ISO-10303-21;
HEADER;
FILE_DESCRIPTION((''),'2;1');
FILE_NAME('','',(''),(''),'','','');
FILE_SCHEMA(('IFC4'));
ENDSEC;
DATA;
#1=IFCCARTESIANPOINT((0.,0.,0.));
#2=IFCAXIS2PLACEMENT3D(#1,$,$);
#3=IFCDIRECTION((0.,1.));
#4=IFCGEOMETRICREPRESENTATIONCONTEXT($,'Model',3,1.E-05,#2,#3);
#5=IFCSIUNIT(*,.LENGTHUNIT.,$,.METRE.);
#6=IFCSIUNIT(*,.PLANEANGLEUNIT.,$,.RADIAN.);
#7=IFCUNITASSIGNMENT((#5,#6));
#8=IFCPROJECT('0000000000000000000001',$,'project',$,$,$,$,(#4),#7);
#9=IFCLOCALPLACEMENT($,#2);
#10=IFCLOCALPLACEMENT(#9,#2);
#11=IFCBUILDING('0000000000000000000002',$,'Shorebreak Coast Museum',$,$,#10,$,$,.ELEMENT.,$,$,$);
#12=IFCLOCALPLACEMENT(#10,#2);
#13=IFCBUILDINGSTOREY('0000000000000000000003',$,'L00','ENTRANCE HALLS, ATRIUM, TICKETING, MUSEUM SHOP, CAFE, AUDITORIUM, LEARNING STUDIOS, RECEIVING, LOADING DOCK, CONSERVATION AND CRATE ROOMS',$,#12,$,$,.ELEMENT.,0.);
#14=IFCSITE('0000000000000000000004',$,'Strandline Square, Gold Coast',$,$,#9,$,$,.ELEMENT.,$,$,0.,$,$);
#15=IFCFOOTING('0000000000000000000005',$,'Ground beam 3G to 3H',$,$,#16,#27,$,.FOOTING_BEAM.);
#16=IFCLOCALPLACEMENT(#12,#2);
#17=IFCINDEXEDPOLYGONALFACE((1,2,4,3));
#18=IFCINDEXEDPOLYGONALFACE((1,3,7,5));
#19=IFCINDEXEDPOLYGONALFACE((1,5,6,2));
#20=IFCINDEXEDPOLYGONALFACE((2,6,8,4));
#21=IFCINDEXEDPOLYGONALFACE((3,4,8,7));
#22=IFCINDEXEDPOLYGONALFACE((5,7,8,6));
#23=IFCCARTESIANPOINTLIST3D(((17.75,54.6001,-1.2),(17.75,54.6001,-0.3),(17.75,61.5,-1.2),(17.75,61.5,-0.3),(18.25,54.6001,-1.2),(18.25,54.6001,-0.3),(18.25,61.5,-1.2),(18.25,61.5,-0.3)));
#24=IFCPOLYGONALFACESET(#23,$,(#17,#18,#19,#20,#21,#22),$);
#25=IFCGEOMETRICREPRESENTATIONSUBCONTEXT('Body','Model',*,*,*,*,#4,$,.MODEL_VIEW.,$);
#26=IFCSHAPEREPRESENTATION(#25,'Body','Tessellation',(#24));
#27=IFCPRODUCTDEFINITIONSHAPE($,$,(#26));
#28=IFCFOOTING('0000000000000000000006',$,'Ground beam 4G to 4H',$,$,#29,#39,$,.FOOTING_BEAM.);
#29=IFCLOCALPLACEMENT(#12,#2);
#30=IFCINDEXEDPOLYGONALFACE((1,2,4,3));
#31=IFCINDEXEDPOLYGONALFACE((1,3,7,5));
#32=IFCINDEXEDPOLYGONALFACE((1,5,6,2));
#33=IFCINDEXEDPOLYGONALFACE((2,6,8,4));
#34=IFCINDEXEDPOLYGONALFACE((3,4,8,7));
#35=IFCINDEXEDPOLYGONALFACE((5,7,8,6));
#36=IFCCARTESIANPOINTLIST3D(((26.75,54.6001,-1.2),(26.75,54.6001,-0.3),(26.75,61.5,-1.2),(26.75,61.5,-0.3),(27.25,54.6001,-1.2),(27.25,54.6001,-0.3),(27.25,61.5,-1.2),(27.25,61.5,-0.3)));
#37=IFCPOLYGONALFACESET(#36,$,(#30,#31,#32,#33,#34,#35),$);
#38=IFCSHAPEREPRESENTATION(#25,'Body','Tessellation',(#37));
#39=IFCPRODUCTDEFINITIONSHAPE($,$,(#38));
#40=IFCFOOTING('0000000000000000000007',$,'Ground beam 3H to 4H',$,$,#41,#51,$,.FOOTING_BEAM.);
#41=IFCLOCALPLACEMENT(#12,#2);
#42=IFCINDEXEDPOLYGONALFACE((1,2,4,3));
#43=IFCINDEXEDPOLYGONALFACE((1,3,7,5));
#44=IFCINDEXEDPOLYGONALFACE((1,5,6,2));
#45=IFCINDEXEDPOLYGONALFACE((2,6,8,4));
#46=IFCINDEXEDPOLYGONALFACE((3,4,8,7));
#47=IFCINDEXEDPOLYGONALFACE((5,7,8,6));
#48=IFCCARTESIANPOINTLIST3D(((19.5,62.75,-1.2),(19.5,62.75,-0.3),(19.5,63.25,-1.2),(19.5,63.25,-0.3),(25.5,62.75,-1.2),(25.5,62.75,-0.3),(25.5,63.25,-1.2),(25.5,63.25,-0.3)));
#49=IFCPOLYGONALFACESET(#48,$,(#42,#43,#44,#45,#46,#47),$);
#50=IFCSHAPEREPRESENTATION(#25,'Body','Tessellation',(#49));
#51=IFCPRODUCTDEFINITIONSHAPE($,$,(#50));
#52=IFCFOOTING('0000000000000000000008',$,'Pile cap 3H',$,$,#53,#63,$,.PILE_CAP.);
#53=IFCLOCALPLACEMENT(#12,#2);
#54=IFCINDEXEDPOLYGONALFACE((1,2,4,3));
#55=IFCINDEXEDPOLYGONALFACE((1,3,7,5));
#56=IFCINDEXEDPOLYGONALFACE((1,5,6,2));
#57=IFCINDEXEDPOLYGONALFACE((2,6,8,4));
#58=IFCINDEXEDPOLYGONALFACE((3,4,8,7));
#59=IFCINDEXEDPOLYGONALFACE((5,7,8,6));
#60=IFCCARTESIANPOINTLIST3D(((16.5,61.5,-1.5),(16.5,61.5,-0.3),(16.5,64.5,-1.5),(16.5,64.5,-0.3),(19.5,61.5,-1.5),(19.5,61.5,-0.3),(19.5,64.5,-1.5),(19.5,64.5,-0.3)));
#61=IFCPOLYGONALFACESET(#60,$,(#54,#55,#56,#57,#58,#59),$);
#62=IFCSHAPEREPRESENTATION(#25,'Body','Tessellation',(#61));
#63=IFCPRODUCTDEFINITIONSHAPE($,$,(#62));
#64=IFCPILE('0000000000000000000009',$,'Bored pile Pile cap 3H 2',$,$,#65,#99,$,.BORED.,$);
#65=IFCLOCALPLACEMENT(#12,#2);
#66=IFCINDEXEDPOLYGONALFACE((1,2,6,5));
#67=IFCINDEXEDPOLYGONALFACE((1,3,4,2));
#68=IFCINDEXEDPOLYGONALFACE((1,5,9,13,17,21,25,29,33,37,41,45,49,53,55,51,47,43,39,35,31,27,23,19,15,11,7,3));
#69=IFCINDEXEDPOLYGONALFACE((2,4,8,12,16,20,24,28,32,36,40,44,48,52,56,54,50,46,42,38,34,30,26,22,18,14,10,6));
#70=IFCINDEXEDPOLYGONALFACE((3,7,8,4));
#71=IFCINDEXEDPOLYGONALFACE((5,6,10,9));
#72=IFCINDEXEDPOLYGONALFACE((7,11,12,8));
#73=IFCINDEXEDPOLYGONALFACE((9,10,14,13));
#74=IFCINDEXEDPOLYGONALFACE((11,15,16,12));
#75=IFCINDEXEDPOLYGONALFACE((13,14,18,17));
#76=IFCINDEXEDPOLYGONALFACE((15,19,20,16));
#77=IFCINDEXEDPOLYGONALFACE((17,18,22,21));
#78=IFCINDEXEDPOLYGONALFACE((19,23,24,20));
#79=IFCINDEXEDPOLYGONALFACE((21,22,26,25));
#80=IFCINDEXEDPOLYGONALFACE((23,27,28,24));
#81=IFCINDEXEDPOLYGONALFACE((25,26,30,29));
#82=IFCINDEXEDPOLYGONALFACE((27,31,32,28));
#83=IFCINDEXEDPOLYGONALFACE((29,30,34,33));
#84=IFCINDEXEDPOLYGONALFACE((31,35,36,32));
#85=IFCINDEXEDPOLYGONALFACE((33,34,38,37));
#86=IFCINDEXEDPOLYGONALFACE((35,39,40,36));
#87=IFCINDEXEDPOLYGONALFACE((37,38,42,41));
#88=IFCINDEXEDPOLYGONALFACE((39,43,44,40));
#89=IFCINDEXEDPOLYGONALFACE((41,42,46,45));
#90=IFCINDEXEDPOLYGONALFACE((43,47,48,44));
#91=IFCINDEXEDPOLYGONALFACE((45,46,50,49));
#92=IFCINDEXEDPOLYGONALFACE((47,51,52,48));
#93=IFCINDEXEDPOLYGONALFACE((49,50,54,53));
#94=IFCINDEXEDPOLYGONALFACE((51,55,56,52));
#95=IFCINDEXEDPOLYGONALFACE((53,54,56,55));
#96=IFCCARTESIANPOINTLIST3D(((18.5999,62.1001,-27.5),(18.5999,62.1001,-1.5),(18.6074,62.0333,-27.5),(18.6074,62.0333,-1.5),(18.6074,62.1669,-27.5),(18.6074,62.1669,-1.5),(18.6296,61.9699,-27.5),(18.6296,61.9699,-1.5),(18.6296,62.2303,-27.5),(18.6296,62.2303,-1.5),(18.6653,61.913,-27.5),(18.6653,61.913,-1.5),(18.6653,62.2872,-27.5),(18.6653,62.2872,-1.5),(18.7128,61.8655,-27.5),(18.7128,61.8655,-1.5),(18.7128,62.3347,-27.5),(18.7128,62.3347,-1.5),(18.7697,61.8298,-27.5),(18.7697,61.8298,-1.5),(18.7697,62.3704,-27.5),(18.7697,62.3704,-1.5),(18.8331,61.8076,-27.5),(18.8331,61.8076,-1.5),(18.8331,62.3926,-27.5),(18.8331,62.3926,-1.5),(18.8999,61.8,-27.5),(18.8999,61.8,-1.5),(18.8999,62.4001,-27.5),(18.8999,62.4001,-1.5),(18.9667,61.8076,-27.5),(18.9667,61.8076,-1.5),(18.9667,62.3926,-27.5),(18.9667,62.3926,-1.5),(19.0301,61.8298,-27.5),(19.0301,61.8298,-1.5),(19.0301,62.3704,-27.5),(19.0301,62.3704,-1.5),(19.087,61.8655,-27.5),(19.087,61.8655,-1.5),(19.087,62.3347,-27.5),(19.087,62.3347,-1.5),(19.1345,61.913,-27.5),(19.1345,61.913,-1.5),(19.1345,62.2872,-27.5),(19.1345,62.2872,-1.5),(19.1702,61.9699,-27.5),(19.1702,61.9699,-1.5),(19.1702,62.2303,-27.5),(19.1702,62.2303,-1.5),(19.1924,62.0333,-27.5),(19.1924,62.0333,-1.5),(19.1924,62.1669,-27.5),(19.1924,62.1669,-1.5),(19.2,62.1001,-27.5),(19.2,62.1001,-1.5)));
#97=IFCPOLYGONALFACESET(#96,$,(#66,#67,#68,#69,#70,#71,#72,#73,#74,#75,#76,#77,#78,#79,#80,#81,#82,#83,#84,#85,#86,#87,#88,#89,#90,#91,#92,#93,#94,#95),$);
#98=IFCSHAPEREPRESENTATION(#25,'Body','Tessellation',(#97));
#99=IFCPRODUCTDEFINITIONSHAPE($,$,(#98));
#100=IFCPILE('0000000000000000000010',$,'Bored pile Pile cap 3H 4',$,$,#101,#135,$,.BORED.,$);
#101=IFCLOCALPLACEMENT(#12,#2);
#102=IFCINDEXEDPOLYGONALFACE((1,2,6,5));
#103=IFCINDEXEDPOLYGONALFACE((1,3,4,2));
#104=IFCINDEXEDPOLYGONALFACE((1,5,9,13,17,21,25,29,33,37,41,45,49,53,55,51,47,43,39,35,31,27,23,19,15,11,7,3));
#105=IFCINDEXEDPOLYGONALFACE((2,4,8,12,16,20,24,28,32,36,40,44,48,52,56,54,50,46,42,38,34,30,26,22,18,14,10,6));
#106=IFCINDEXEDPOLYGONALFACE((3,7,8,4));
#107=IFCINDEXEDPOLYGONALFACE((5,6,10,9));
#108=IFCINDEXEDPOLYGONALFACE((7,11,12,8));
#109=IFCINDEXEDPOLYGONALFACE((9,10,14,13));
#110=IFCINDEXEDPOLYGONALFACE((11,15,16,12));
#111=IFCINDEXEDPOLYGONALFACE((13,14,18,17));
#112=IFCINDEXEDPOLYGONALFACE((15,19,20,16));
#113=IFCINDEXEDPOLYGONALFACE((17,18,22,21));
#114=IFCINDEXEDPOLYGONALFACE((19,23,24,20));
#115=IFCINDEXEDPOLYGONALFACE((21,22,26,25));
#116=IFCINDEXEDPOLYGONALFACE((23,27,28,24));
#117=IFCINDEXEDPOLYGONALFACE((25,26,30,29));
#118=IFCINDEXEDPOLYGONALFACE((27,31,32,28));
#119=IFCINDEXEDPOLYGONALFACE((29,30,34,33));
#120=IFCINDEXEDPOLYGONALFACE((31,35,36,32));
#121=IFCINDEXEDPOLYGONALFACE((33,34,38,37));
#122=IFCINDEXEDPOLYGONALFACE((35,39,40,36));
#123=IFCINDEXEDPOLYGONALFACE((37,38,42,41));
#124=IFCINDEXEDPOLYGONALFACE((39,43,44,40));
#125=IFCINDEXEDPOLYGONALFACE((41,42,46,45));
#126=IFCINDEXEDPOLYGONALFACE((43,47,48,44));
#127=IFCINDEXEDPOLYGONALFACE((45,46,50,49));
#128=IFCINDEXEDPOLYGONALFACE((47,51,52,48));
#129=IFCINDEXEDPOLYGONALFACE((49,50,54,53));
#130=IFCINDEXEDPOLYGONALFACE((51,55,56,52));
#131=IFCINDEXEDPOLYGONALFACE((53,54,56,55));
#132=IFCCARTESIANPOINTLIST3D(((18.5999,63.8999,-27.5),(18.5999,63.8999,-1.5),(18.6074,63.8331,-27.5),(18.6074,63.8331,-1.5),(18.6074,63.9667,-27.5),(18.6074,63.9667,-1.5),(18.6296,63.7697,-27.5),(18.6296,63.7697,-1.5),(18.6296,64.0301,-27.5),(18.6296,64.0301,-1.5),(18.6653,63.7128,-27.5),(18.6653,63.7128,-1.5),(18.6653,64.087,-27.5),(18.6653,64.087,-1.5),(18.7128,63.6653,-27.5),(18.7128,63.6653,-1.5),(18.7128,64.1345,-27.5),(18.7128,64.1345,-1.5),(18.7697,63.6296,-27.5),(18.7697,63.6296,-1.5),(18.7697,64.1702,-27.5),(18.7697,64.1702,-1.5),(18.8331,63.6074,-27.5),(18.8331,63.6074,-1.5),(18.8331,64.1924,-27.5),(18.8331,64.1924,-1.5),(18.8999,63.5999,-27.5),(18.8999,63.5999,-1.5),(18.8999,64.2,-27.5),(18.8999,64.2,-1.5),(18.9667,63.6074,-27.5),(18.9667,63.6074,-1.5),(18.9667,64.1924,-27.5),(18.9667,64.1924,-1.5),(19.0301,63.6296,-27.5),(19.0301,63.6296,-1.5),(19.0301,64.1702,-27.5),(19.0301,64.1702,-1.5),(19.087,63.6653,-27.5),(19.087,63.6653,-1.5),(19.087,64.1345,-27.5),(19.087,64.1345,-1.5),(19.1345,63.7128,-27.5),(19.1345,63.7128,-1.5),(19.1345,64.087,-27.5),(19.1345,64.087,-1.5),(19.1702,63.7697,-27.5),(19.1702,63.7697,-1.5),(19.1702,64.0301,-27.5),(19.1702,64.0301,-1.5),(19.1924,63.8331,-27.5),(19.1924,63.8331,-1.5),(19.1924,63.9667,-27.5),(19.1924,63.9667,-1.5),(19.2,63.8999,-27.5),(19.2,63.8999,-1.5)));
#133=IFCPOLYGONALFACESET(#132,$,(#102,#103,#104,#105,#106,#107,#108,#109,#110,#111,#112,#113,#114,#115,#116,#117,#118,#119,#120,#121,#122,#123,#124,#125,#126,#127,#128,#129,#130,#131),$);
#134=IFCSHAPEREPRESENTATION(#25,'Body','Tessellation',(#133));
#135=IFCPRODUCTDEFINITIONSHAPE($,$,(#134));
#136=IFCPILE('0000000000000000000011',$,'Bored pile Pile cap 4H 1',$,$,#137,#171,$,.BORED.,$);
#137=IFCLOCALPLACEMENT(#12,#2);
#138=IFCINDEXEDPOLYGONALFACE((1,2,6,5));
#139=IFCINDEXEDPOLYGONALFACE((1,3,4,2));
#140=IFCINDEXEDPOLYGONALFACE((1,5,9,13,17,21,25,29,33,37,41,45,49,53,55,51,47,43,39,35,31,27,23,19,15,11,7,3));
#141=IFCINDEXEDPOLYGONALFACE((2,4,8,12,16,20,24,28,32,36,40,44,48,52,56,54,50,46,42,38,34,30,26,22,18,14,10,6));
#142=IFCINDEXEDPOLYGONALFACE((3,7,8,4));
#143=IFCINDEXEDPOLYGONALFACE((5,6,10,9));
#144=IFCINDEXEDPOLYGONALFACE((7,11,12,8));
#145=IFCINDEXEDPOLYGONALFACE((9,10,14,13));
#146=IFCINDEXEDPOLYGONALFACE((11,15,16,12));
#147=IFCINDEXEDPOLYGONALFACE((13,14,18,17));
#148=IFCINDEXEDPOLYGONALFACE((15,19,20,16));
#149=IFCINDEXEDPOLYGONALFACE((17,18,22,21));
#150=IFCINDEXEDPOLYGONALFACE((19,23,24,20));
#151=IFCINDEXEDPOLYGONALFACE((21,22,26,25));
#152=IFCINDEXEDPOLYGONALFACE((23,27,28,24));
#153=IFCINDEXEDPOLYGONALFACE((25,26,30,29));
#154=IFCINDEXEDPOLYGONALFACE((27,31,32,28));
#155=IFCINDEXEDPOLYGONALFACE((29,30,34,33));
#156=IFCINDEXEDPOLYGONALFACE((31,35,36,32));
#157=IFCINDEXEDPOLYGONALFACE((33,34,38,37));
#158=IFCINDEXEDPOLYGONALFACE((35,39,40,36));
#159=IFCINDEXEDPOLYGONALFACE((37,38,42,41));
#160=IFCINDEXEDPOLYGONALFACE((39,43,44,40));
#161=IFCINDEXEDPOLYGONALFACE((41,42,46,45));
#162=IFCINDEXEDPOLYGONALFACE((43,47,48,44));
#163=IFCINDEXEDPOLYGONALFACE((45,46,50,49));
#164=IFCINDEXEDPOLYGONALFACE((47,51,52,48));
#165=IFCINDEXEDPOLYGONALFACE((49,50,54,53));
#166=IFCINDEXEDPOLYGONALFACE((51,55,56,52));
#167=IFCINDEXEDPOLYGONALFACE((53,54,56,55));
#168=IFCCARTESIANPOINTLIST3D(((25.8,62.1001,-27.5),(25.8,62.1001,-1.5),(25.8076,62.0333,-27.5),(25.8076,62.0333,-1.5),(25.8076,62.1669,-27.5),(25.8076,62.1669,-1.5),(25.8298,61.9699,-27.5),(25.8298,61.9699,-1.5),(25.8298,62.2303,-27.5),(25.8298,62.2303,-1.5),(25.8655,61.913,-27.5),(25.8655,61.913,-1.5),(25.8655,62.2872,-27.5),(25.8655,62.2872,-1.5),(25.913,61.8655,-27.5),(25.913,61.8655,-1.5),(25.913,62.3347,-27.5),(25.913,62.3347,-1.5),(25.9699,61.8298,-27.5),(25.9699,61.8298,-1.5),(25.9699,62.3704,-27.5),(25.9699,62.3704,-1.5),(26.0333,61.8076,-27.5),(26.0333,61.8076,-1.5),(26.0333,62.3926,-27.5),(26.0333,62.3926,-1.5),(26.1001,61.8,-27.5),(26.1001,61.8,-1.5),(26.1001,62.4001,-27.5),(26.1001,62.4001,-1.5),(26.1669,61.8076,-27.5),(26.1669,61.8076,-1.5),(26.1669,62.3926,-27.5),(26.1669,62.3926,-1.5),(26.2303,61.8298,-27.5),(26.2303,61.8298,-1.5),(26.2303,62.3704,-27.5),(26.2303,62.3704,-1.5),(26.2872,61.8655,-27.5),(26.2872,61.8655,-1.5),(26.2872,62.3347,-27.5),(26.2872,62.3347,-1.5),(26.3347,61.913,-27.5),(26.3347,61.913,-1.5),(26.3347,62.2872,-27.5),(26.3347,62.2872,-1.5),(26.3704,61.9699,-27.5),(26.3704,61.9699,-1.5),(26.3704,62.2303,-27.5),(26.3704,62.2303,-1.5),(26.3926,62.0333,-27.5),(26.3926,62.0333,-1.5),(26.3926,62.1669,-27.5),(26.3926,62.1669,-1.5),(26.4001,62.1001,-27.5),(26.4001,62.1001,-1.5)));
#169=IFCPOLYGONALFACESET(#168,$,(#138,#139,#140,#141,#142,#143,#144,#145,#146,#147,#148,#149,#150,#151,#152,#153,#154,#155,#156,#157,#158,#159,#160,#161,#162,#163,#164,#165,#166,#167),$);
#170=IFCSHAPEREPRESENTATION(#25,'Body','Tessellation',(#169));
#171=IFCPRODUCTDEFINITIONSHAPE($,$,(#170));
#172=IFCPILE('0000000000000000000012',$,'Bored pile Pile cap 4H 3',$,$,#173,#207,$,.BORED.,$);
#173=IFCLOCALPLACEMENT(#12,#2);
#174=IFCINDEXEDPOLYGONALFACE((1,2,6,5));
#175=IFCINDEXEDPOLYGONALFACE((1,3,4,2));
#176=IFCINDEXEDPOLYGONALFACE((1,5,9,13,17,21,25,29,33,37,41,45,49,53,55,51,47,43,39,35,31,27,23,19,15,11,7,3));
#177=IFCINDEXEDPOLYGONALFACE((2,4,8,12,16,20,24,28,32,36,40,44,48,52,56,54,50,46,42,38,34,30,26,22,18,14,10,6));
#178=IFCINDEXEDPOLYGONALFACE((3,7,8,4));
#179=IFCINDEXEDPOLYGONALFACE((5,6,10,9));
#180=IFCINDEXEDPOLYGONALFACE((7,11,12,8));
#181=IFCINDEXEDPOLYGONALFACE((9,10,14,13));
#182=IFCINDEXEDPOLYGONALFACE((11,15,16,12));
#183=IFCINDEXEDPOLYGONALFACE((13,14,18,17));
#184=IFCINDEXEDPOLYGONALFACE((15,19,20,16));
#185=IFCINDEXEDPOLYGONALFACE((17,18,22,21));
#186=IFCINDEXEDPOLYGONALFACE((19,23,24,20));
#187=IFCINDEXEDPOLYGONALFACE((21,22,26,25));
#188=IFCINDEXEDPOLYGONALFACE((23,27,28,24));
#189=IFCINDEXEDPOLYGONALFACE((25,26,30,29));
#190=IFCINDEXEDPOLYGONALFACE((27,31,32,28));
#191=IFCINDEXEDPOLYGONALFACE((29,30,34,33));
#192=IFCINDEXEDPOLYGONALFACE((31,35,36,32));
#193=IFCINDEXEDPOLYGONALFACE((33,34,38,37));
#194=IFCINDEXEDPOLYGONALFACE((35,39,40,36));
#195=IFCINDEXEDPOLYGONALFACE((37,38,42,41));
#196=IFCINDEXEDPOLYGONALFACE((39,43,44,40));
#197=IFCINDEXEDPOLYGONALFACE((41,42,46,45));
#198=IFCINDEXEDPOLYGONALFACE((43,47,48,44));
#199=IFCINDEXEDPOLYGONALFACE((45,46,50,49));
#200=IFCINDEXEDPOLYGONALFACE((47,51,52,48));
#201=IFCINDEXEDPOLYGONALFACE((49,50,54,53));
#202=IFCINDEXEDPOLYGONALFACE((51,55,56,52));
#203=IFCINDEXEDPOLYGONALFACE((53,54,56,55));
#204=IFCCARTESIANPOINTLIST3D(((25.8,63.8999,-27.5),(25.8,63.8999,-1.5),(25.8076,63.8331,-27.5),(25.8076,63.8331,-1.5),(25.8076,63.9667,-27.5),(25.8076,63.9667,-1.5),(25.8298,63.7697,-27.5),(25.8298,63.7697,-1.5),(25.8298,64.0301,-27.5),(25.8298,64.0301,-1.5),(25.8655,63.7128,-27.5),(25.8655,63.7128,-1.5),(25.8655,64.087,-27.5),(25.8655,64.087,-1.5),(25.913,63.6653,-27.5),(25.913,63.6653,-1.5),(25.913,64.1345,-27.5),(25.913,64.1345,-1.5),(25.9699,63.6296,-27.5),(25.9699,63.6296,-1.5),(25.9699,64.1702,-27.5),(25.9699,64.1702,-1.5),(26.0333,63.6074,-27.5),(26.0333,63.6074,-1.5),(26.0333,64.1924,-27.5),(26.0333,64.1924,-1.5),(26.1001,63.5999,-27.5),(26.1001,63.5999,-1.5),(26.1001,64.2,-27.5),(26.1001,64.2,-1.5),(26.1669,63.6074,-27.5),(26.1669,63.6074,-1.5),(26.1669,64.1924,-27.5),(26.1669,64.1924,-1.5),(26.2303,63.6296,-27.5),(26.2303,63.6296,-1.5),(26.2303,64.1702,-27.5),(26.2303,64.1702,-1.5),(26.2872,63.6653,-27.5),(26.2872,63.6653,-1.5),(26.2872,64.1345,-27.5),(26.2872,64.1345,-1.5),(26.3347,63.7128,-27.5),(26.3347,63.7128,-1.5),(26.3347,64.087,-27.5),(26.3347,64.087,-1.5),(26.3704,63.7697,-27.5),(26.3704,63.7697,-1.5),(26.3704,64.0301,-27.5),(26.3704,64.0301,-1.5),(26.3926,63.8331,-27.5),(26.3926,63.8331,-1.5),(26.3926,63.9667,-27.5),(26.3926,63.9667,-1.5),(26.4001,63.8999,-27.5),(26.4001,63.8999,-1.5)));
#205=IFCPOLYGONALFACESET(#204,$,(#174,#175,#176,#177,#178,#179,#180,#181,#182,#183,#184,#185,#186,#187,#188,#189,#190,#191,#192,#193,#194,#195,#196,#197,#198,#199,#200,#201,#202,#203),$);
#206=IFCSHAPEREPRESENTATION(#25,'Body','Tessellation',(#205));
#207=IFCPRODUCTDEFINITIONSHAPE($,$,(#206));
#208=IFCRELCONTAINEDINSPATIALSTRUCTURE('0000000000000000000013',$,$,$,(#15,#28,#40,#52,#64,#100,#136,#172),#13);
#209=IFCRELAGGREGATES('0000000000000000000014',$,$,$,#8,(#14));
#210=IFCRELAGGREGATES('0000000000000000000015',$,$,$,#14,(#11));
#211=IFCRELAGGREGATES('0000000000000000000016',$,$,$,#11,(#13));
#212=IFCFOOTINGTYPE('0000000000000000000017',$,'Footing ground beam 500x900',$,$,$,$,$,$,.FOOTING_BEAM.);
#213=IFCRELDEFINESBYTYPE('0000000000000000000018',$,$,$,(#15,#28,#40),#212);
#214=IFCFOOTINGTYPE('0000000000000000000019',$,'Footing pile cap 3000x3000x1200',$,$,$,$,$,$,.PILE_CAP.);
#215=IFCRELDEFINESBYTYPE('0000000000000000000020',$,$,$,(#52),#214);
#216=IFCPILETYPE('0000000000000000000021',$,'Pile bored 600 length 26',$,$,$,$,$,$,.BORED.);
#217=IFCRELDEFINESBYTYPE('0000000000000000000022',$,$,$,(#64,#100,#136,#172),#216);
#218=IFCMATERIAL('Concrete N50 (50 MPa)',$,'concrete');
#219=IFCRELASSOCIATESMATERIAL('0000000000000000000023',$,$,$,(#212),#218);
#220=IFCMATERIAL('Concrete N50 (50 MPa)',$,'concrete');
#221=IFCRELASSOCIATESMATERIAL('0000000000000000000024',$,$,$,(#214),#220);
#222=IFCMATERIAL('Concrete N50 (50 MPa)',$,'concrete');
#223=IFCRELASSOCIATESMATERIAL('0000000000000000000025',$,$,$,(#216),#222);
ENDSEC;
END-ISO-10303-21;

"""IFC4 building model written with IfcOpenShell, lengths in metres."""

from ifc_helpers import new_model, si_unit, direction, frame, origin, origin_2d, place, context, subcontext, project, spatial, rectangle, circle, extrude, material, material_profile, profile_set, type_object, element, save


model = new_model("IFC4")

# Units and contexts
model_context = context("Model", 3, precision=1e-05, world=origin(), true_north=direction((0.0, 1.0)))
body_context = subcontext(model_context, "Body", "Model", "MODEL_VIEW")
ifc_project = project(units=[si_unit("LENGTHUNIT", "METRE"), si_unit("PLANEANGLEUNIT", "RADIAN")], contexts=[model_context])

# Site, building, storey
site_placement = place(None, origin())
site = spatial("IfcSite", under=ifc_project, at=site_placement, Name="Strandline Square, Gold Coast", CompositionType="ELEMENT", RefElevation=0.0)
building_placement = place(site_placement, origin())
building = spatial("IfcBuilding", under=site, at=building_placement, Name="Shorebreak Coast Museum", CompositionType="ELEMENT")
storey_placement = place(building_placement, origin())
storey = spatial("IfcBuildingStorey", under=building, at=storey_placement, Name="L00", Description="ENTRANCE HALLS, ATRIUM, TICKETING, MUSEUM SHOP, CAFE, AUDITORIUM, LEARNING STUDIOS, RECEIVING, LOADING DOCK, CONSERVATION AND CRATE ROOMS", CompositionType="ELEMENT", Elevation=0.0)

# Footings
ifc_material_1 = material(Name="Concrete N50 (50 MPa)", Category="concrete")
footing_type_1 = type_object("IfcFootingType", Name="Footing ground beam 500x900", PredefinedType="FOOTING_BEAM", material=ifc_material_1)
for number, where, z_axis, x_axis, name in (
    (1, (18.0, 58.05, -1.2), (0.0, 0.0, 1.0), (1.0, 0.0, 0.0), "Ground beam 3G to 3H"),
    (2, (27.0, 58.05, -1.2), (0.0, 0.0, 1.0), (1.0, 0.0, 0.0), "Ground beam 4G to 4H"),
):
    element("IfcFooting", number, at=place(storey_placement, frame(where, z_axis=z_axis, x_axis=x_axis)), inside=storey, type_object=footing_type_1, Name=name, PredefinedType="FOOTING_BEAM", context=body_context, shape_type="SweptSolid", body=[
        extrude(rectangle(XDim=0.5, YDim=6.8999, at=origin_2d()), origin(), (0.0, 0.0, 1.0), 0.8999),
    ])
footing_1_placement = place(storey_placement, frame((22.5, 63.0, -1.2), z_axis=(0.0, 0.0, 1.0), x_axis=(1.0, 0.0, 0.0)))
element("IfcFooting", 3, at=footing_1_placement, inside=storey, type_object=footing_type_1, Name="Ground beam 3H to 4H", PredefinedType="FOOTING_BEAM", context=body_context, shape_type="SweptSolid", body=[
    extrude(rectangle(XDim=6.0, YDim=0.5, at=origin_2d()), origin(), (0.0, 0.0, 1.0), 0.8999),
])
ifc_material_2 = material(Name="Concrete N50 (50 MPa)", Category="concrete")
footing_type_2 = type_object("IfcFootingType", Name="Footing pile cap 3000x3000x1200", PredefinedType="PILE_CAP", material=ifc_material_2)
footing_2_placement = place(storey_placement, frame((18.0, 63.0, -1.5), z_axis=(0.0, 0.0, 1.0), x_axis=(1.0, 0.0, 0.0)))
element("IfcFooting", 4, at=footing_2_placement, inside=storey, type_object=footing_type_2, Name="Pile cap 3H", PredefinedType="PILE_CAP", context=body_context, shape_type="SweptSolid", body=[
    extrude(rectangle(XDim=3.0, YDim=3.0, at=origin_2d()), origin(), (0.0, 0.0, 1.0), 1.2),
])

# Piles
ifc_material_3 = material(Name="Concrete N50 (50 MPa)", Category="concrete")
ifc_material_profile_1 = material_profile(ifc_material_3, circle(Radius=0.3, at=origin_2d()), Name="Pile bored 600 length 26")
ifc_profile_set_1 = profile_set([ifc_material_profile_1], Name="Concrete N50 (50 MPa)")
pile_type_1 = type_object("IfcPileType", Name="Pile bored 600 length 26", PredefinedType="BORED", material=ifc_profile_set_1)
for number, where, z_axis, x_axis, name in (
    (5, (18.8999, 62.1001, -1.5), (0.0, 0.0, -1.0), (1.0, 0.0, 0.0), "Bored pile Pile cap 3H 2"),
    (6, (18.8999, 63.8999, -1.5), (0.0, 0.0, -1.0), (1.0, 0.0, 0.0), "Bored pile Pile cap 3H 4"),
    (7, (26.1001, 62.1001, -1.5), (0.0, 0.0, -1.0), (1.0, 0.0, 0.0), "Bored pile Pile cap 4H 1"),
    (8, (26.1001, 63.8999, -1.5), (0.0, 0.0, -1.0), (1.0, 0.0, 0.0), "Bored pile Pile cap 4H 3"),
):
    element("IfcPile", number, at=place(storey_placement, frame(where, z_axis=z_axis, x_axis=x_axis)), inside=storey, type_object=pile_type_1, Name=name, PredefinedType="BORED", context=body_context, shape_type="SweptSolid", body=[
        extrude(circle(Radius=0.3, at=origin_2d()), origin(), (0.0, 0.0, 1.0), 26.0),
    ])

save(model, "model.ifc")
